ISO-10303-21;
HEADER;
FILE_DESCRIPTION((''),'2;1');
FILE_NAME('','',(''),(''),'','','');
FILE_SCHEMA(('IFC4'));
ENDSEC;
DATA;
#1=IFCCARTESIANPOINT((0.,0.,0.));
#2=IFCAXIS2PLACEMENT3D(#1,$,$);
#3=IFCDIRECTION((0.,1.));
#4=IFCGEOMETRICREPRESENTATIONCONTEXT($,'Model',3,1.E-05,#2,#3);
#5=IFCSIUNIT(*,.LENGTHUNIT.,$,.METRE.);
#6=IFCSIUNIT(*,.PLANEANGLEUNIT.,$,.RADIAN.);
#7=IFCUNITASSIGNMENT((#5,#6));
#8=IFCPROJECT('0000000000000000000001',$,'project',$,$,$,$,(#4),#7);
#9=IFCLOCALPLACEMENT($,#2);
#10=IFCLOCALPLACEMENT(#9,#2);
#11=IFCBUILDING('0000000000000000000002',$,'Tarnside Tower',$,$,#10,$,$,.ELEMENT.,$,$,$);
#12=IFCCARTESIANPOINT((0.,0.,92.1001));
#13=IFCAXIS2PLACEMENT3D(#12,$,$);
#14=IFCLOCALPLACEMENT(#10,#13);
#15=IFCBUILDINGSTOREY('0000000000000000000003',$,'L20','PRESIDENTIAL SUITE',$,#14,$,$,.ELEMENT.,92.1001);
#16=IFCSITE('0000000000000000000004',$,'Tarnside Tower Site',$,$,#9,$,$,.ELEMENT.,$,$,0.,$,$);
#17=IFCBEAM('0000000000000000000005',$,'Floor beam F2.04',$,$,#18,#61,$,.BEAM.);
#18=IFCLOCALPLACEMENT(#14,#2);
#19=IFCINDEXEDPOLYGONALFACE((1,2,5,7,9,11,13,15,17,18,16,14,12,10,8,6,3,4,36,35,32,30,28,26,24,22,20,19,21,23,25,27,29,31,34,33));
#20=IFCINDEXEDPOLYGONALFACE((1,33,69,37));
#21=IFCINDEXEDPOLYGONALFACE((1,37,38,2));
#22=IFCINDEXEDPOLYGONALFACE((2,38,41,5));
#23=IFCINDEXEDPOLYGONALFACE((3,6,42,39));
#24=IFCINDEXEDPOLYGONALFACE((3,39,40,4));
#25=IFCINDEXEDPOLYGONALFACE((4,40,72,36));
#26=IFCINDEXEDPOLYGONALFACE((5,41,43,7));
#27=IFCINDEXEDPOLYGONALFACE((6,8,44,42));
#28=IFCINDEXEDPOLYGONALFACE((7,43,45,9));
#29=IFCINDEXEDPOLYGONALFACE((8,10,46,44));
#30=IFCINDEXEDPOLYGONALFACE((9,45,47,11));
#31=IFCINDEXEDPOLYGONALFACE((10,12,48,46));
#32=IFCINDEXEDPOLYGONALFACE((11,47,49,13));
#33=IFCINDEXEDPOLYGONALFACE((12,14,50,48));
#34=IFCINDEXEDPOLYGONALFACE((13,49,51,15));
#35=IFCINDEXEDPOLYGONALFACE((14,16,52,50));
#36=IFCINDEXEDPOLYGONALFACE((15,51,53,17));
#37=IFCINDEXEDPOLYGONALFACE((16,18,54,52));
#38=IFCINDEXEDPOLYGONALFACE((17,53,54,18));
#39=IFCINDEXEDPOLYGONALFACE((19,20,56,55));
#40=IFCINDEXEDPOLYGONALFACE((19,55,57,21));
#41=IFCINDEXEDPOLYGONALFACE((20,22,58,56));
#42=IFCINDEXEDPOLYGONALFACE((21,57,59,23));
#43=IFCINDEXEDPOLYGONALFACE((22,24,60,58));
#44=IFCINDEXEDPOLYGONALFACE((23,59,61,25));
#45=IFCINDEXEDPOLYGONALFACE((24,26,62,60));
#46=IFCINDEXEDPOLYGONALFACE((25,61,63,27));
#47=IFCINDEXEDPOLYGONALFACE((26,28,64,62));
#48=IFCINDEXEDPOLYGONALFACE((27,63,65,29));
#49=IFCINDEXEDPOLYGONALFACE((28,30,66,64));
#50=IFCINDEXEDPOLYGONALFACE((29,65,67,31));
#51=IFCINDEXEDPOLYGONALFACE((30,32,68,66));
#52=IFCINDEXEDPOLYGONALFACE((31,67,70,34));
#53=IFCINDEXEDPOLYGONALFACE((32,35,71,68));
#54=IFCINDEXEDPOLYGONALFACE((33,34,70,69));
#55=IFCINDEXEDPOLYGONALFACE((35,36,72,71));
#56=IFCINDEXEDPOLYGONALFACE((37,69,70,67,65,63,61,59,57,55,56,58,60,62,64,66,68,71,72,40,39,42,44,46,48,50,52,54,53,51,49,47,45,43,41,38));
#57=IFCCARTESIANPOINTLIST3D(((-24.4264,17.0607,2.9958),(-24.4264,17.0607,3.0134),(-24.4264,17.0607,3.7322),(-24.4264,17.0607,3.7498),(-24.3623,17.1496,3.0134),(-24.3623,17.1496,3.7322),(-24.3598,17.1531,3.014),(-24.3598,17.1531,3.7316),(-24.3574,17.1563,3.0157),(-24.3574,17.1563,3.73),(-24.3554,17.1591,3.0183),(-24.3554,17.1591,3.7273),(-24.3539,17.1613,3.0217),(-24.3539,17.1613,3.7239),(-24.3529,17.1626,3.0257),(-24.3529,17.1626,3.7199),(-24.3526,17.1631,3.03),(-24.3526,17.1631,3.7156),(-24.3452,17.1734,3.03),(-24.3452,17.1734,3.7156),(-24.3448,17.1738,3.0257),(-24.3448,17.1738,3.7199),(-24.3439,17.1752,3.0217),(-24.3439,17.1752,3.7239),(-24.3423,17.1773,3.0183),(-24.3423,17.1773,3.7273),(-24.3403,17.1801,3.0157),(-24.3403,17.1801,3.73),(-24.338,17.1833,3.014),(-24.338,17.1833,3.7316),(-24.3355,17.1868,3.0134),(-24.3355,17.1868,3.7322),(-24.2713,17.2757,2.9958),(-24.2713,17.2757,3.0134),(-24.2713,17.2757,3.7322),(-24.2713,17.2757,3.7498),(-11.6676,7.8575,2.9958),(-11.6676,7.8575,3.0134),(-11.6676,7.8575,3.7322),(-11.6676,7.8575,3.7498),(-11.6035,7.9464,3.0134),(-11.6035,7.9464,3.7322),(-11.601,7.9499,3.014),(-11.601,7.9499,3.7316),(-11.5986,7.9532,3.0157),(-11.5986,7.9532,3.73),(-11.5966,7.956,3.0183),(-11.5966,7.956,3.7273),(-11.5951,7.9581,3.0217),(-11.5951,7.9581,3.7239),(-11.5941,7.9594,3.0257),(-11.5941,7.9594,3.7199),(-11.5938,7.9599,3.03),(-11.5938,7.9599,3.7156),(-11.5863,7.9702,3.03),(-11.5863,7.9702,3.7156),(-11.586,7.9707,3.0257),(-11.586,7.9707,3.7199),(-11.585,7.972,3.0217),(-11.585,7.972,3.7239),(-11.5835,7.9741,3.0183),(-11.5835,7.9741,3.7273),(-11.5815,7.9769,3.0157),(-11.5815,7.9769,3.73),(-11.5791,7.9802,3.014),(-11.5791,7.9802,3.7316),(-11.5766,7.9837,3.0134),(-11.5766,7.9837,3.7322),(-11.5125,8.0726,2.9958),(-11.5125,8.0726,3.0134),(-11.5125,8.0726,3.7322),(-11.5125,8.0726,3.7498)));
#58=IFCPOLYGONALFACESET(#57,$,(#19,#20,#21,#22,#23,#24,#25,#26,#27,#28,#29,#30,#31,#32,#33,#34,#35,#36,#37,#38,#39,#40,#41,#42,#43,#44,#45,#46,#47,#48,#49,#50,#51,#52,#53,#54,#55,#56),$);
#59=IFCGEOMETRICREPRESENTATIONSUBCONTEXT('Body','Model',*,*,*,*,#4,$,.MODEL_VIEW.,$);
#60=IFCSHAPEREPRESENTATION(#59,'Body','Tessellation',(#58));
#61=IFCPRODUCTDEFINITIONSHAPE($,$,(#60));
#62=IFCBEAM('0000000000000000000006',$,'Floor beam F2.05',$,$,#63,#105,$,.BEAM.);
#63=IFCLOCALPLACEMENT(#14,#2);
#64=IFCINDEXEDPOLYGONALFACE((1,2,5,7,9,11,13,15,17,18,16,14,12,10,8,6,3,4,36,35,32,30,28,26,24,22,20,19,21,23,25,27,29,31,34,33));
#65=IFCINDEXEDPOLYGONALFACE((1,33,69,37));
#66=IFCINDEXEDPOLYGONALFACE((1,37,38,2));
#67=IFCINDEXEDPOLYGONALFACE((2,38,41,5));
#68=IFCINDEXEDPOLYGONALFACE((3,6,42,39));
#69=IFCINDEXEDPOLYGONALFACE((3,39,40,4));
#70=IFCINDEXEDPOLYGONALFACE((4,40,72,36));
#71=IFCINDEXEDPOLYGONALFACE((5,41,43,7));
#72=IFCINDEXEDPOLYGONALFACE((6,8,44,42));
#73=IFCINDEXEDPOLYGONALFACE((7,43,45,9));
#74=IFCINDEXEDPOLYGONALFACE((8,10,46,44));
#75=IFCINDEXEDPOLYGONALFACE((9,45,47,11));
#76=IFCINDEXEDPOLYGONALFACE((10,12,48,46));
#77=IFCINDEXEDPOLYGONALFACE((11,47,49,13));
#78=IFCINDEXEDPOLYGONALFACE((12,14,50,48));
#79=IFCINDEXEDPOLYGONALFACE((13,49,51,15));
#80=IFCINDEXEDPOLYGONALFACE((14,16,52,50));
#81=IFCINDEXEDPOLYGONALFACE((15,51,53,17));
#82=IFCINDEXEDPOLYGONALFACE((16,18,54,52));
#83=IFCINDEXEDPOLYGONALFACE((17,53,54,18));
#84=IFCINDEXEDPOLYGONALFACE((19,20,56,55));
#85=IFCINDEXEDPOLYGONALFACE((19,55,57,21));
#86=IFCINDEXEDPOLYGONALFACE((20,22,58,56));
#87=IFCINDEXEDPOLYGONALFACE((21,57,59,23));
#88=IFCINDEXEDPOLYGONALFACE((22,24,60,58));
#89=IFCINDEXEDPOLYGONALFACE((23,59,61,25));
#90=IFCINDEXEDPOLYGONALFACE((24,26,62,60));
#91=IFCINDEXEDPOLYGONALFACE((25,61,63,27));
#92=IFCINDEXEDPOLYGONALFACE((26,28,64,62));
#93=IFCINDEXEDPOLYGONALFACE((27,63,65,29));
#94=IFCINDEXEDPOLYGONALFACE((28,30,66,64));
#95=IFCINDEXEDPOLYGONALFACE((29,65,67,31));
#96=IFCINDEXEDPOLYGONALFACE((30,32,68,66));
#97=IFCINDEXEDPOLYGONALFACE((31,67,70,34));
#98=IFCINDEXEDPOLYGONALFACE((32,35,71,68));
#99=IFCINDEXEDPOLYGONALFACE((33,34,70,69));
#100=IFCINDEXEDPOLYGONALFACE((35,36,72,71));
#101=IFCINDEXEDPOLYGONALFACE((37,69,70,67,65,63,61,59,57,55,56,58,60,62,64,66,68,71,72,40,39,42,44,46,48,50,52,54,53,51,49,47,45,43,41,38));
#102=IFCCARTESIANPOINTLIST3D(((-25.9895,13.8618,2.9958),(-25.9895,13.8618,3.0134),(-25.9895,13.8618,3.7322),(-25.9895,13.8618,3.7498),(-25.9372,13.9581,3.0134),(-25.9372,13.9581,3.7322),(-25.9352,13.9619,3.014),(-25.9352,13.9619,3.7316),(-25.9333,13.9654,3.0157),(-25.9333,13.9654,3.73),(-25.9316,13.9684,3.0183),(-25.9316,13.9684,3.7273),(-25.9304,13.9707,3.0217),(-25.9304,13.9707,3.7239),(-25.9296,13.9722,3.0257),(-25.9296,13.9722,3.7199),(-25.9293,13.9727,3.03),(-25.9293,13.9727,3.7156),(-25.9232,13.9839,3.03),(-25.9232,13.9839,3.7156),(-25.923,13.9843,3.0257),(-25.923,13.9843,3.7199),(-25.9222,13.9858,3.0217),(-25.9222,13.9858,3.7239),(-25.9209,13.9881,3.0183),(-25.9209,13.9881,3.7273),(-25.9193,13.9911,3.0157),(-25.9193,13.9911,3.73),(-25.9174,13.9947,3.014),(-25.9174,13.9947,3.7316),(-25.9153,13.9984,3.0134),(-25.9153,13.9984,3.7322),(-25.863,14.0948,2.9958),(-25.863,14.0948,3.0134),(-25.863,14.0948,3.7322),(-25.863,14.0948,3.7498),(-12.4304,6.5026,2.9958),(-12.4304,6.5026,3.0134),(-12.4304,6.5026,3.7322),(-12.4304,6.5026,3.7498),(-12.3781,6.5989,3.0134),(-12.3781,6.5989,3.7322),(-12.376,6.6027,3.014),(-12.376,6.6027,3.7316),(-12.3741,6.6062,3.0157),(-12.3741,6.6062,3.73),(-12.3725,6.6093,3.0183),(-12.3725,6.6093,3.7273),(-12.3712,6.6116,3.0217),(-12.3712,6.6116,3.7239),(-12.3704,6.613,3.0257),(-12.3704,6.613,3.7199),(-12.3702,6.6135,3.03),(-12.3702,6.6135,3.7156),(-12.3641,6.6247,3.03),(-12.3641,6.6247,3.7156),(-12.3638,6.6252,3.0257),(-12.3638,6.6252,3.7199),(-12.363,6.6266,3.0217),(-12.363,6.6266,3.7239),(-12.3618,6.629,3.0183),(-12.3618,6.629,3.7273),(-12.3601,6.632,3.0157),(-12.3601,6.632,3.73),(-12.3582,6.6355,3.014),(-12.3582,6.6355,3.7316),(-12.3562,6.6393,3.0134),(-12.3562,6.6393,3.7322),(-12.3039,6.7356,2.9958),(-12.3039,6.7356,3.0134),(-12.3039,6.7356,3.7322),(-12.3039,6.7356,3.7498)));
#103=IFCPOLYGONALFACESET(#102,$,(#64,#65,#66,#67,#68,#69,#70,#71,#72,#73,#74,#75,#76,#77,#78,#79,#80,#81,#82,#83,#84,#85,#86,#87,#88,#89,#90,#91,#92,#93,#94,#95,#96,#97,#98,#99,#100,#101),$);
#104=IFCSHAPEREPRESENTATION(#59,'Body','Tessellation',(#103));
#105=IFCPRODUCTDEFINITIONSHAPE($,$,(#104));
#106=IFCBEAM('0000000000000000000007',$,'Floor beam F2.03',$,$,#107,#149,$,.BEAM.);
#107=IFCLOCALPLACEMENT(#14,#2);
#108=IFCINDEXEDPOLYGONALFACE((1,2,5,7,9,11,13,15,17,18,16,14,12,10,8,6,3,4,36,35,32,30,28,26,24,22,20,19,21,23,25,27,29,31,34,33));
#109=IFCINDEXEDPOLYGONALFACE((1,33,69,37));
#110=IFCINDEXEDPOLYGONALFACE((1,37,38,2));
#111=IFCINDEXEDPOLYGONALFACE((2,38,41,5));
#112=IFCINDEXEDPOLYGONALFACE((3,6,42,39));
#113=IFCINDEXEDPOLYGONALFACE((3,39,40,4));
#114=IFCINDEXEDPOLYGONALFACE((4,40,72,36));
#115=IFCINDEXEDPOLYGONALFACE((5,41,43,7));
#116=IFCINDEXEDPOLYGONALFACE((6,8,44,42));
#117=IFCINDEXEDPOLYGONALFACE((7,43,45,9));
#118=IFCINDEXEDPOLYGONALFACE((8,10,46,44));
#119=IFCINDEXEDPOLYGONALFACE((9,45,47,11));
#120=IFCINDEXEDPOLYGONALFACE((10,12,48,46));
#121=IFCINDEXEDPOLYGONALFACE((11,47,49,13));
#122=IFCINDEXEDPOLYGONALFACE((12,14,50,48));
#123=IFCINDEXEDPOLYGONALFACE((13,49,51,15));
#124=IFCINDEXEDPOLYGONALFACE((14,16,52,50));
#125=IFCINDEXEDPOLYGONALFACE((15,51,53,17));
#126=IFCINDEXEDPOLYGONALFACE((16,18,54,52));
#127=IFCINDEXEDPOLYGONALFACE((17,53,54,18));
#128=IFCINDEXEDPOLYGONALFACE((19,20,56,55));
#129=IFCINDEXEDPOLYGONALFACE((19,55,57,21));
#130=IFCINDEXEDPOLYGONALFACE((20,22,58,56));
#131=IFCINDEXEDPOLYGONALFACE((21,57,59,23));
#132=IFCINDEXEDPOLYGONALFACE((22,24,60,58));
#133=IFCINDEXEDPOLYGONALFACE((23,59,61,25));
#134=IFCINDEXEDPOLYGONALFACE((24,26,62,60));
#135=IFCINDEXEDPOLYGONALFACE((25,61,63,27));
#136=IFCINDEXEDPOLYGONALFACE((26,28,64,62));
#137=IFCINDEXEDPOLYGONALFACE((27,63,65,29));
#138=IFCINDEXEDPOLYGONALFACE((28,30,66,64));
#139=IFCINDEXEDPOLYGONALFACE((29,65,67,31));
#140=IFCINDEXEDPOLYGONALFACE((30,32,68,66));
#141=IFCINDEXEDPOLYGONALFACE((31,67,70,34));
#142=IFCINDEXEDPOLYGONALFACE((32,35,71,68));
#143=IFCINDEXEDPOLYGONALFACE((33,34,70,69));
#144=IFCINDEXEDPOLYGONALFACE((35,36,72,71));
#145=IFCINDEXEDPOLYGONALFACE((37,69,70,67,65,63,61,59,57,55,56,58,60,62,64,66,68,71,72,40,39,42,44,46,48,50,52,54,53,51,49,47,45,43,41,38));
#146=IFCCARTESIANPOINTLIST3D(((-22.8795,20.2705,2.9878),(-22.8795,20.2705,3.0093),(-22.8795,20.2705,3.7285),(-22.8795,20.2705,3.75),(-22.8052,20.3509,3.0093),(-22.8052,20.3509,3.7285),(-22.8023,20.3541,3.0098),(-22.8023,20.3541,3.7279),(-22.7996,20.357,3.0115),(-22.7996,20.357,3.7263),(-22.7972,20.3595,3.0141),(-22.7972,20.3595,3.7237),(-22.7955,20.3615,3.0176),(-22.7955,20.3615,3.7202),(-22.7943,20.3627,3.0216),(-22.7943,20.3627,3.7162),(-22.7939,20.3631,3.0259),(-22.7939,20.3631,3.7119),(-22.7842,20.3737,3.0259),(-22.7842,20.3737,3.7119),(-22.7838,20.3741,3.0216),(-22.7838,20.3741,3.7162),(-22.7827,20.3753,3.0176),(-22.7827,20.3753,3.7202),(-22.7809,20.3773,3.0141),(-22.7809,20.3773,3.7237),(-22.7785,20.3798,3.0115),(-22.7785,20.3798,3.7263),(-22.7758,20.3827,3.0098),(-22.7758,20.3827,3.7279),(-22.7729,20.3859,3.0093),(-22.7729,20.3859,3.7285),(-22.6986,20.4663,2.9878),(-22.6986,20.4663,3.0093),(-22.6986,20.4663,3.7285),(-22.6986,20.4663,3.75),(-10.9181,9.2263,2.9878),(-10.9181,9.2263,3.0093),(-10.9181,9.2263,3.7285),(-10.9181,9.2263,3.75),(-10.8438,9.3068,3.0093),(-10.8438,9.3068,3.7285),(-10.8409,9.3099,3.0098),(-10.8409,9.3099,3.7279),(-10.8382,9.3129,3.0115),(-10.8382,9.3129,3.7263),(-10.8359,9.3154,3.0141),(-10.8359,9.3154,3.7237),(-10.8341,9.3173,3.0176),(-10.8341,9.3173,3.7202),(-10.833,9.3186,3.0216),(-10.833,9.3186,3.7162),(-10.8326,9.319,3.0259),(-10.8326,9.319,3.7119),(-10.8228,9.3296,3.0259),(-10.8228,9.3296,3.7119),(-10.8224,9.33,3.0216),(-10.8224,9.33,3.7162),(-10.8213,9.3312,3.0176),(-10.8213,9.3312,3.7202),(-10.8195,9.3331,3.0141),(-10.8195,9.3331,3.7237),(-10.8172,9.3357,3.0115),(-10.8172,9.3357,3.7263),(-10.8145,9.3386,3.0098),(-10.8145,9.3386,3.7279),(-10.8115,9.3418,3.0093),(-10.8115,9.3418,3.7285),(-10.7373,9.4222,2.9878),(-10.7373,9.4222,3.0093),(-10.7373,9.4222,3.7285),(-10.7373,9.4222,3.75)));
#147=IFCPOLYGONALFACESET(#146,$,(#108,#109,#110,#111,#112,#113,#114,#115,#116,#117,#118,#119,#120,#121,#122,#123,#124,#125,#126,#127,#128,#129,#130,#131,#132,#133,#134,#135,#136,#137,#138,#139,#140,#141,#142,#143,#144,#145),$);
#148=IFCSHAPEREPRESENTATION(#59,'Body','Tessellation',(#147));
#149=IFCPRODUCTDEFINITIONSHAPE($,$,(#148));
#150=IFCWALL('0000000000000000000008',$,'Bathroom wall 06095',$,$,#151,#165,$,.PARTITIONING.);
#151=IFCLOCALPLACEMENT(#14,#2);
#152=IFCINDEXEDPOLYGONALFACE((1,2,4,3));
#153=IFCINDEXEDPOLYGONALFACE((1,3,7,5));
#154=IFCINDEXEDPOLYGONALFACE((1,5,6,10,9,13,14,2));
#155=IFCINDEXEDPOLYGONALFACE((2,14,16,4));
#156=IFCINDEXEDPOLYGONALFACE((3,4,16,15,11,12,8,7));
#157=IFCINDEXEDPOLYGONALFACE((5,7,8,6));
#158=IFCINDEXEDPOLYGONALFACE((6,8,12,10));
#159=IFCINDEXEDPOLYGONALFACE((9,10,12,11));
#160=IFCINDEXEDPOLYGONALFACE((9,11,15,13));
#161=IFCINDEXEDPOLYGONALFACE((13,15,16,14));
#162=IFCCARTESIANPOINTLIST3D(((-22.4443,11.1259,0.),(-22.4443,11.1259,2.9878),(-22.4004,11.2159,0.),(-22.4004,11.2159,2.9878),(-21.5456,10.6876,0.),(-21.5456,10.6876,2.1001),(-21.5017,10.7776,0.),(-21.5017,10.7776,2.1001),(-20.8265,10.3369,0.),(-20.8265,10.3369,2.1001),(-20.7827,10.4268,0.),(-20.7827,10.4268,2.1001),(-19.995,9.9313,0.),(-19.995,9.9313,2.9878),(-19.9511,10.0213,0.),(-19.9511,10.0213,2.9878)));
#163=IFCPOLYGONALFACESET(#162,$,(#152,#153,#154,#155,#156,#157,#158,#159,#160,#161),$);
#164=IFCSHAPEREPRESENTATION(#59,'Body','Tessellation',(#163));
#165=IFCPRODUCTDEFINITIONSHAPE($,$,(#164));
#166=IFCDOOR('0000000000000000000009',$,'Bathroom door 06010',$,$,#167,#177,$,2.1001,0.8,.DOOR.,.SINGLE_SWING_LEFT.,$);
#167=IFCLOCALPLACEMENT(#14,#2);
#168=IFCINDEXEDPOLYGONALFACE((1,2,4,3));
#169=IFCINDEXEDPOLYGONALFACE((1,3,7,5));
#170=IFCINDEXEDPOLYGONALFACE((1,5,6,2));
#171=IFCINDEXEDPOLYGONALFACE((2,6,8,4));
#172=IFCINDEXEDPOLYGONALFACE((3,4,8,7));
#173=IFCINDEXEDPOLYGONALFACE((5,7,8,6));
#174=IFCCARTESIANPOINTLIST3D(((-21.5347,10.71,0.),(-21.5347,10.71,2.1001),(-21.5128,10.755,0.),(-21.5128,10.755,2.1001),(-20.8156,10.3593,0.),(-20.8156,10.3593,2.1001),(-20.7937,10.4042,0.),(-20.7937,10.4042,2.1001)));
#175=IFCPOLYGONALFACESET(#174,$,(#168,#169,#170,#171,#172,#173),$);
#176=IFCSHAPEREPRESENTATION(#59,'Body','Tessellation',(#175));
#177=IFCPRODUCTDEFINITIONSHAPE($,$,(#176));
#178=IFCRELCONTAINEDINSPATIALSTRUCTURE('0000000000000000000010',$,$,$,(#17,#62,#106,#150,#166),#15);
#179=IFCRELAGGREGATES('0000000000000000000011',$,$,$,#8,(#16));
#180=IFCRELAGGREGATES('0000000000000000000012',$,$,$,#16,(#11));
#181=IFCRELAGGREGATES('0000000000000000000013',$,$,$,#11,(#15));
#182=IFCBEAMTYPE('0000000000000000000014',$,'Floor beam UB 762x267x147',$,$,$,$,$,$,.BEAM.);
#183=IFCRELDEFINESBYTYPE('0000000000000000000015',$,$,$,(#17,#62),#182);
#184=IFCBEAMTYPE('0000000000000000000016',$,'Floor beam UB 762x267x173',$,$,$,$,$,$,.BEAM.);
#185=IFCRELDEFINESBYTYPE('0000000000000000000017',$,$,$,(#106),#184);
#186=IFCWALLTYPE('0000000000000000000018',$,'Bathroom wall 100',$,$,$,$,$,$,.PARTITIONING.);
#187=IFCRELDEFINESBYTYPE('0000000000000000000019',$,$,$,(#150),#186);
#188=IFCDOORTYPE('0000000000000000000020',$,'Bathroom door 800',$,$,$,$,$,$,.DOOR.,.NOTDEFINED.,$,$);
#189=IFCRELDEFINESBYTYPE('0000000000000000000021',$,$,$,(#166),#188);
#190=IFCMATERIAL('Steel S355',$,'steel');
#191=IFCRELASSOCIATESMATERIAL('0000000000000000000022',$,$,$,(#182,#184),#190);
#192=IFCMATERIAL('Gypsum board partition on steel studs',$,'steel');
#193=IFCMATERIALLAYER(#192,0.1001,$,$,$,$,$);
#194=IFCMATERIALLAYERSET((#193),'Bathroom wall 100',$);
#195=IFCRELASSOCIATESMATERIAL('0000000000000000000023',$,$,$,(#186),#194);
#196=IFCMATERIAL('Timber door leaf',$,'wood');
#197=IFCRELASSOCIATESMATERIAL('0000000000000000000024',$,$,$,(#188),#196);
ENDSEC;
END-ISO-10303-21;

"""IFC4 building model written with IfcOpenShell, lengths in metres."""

from ifc_helpers import new_model, si_unit, direction, frame, frame_2d, origin, origin_2d, place, context, subcontext, project, spatial, rectangle, i_section, extrude, material, layer, layer_set, material_profile, profile_set, type_object, element, fill, save


model = new_model("IFC4")

# Units and contexts
model_context = context("Model", 3, precision=1e-05, world=origin(), true_north=direction((0.0, 1.0)))
body_context = subcontext(model_context, "Body", "Model", "MODEL_VIEW")
ifc_project = project(units=[si_unit("LENGTHUNIT", "METRE"), si_unit("PLANEANGLEUNIT", "RADIAN")], contexts=[model_context])

# Site, building, storey
site_placement = place(None, origin())
site = spatial("IfcSite", under=ifc_project, at=site_placement, Name="Tarnside Tower Site", CompositionType="ELEMENT", RefElevation=0.0)
building_placement = place(site_placement, origin())
building = spatial("IfcBuilding", under=site, at=building_placement, Name="Tarnside Tower", CompositionType="ELEMENT")
storey_placement = place(building_placement, frame((0.0, 0.0, 92.1001)))
storey = spatial("IfcBuildingStorey", under=building, at=storey_placement, Name="L20", Description="PRESIDENTIAL SUITE", CompositionType="ELEMENT", Elevation=92.1001)

# Beams
ifc_material_1 = material(Name="Steel S355", Category="steel")
ifc_material_profile_1 = material_profile(ifc_material_1, i_section(OverallWidth=0.2651, OverallDepth=0.7539, WebThickness=0.0127, FlangeThickness=0.0176, FilletRadius=0.0166, at=origin_2d()), Name="UB 762x267x147")
ifc_profile_set_1 = profile_set([ifc_material_profile_1], Name="Steel S355")
beam_type_1 = type_object("IfcBeamType", Name="Floor beam UB 762x267x147", PredefinedType="BEAM", material=ifc_profile_set_1)
beam_1_placement = place(storey_placement, frame((-24.3489, 17.1682, 3.3728), z_axis=(0.811028, -0.585008, 0.0), x_axis=(0.585008, 0.811028, 0.0)))
element("IfcBeam", 1, at=beam_1_placement, inside=storey, type_object=beam_type_1, Name="Floor beam F2.04", PredefinedType="BEAM", context=body_context, shape_type="SweptSolid", body=[
    extrude(i_section(OverallWidth=0.2651, OverallDepth=0.7539, WebThickness=0.0127, FlangeThickness=0.0176, FilletRadius=0.0166, at=origin_2d()), origin(), (0.0, 0.0, 1.0), 15.7317),
])
beam_2_placement = place(storey_placement, frame((-25.9263, 13.9783, 3.3728), z_axis=(0.878895, -0.477016, 0.0), x_axis=(0.477016, 0.878895, 0.0)))
element("IfcBeam", 2, at=beam_2_placement, inside=storey, type_object=beam_type_1, Name="Floor beam F2.05", PredefinedType="BEAM", context=body_context, shape_type="SweptSolid", body=[
    extrude(i_section(OverallWidth=0.2651, OverallDepth=0.7539, WebThickness=0.0127, FlangeThickness=0.0176, FilletRadius=0.0166, at=origin_2d()), origin(), (0.0, 0.0, 1.0), 15.4275),
])
ifc_material_profile_2 = material_profile(ifc_material_1, i_section(OverallWidth=0.2666, OverallDepth=0.7622, WebThickness=0.0144, FlangeThickness=0.0215, FilletRadius=0.0166, at=origin_2d()), Name="UB 762x267x173")
ifc_profile_set_2 = profile_set([ifc_material_profile_2], Name="Steel S355")
beam_type_2 = type_object("IfcBeamType", Name="Floor beam UB 762x267x173", PredefinedType="BEAM", material=ifc_profile_set_2)
beam_3_placement = place(storey_placement, frame((-22.7891, 20.3684, 3.3689), z_axis=(0.734715, -0.678375, 0.0), x_axis=(0.678375, 0.734715, 0.0)))
element("IfcBeam", 3, at=beam_3_placement, inside=storey, type_object=beam_type_2, Name="Floor beam F2.03", PredefinedType="BEAM", context=body_context, shape_type="SweptSolid", body=[
    extrude(i_section(OverallWidth=0.2666, OverallDepth=0.7622, WebThickness=0.0144, FlangeThickness=0.0215, FilletRadius=0.0166, at=origin_2d()), origin(), (0.0, 0.0, 1.0), 16.2803),
])

# Wall, opening, door
ifc_material_2 = material(Name="Gypsum board partition on steel studs", Category="steel")
ifc_layer_1 = layer(ifc_material_2, 0.1001)
ifc_layer_set_1 = layer_set([ifc_layer_1], Name="Bathroom wall 100")
wall_type_1 = type_object("IfcWallType", Name="Bathroom wall 100", PredefinedType="PARTITIONING", material=ifc_layer_set_1)
wall_1_placement = place(storey_placement, frame((-22.4224, 11.1709, 0.0), z_axis=(0.0, 0.0, 1.0), x_axis=(0.898792, -0.438376, 0.0)))
wall_1 = element("IfcWall", 4, at=wall_1_placement, inside=storey, type_object=wall_type_1, Name="Bathroom wall 06095", PredefinedType="PARTITIONING", context=body_context, shape_type="SweptSolid", body=[
    extrude(rectangle(XDim=2.7251, YDim=0.1001, at=frame_2d((1.3625, 0.0))), origin(), (0.0, 0.0, 1.0), 2.9878),
])
opening_1_placement = place(wall_1_placement, frame((1.0, 0.0, 0.0)))
opening_1 = element("IfcOpeningElement", 5, at=opening_1_placement, cuts=wall_1, PredefinedType="OPENING", context=body_context, shape_type="SweptSolid", body=[
    extrude(rectangle(XDim=0.8, YDim=2.1001, at=frame_2d((0.3999, 1.05))), frame((0.0, 0.0601, 0.0), z_axis=(0.0, -1.0, 0.0), x_axis=(1.0, 0.0, 0.0)), (0.0, 0.0, 1.0), 0.1201),
])
ifc_material_3 = material(Name="Timber door leaf", Category="wood")
door_type_1 = type_object("IfcDoorType", Name="Bathroom door 800", OperationType="NOTDEFINED", PredefinedType="DOOR", material=ifc_material_3)
door_1_placement = place(opening_1_placement, origin())
door_1 = element("IfcDoor", 6, at=door_1_placement, inside=storey, type_object=door_type_1, Name="Bathroom door 06010", OperationType="SINGLE_SWING_LEFT", OverallHeight=2.1001, OverallWidth=0.8, PredefinedType="DOOR", context=body_context, shape_type="SweptSolid", body=[
    extrude(rectangle(XDim=0.8, YDim=2.1001, at=frame_2d((0.3999, 1.05))), frame((0.0, 0.0249, 0.0), z_axis=(0.0, -1.0, 0.0), x_axis=(1.0, 0.0, 0.0)), (0.0, 0.0, 1.0), 0.05),
])
fill(opening_1, door_1)

save(model, "model.ifc")
